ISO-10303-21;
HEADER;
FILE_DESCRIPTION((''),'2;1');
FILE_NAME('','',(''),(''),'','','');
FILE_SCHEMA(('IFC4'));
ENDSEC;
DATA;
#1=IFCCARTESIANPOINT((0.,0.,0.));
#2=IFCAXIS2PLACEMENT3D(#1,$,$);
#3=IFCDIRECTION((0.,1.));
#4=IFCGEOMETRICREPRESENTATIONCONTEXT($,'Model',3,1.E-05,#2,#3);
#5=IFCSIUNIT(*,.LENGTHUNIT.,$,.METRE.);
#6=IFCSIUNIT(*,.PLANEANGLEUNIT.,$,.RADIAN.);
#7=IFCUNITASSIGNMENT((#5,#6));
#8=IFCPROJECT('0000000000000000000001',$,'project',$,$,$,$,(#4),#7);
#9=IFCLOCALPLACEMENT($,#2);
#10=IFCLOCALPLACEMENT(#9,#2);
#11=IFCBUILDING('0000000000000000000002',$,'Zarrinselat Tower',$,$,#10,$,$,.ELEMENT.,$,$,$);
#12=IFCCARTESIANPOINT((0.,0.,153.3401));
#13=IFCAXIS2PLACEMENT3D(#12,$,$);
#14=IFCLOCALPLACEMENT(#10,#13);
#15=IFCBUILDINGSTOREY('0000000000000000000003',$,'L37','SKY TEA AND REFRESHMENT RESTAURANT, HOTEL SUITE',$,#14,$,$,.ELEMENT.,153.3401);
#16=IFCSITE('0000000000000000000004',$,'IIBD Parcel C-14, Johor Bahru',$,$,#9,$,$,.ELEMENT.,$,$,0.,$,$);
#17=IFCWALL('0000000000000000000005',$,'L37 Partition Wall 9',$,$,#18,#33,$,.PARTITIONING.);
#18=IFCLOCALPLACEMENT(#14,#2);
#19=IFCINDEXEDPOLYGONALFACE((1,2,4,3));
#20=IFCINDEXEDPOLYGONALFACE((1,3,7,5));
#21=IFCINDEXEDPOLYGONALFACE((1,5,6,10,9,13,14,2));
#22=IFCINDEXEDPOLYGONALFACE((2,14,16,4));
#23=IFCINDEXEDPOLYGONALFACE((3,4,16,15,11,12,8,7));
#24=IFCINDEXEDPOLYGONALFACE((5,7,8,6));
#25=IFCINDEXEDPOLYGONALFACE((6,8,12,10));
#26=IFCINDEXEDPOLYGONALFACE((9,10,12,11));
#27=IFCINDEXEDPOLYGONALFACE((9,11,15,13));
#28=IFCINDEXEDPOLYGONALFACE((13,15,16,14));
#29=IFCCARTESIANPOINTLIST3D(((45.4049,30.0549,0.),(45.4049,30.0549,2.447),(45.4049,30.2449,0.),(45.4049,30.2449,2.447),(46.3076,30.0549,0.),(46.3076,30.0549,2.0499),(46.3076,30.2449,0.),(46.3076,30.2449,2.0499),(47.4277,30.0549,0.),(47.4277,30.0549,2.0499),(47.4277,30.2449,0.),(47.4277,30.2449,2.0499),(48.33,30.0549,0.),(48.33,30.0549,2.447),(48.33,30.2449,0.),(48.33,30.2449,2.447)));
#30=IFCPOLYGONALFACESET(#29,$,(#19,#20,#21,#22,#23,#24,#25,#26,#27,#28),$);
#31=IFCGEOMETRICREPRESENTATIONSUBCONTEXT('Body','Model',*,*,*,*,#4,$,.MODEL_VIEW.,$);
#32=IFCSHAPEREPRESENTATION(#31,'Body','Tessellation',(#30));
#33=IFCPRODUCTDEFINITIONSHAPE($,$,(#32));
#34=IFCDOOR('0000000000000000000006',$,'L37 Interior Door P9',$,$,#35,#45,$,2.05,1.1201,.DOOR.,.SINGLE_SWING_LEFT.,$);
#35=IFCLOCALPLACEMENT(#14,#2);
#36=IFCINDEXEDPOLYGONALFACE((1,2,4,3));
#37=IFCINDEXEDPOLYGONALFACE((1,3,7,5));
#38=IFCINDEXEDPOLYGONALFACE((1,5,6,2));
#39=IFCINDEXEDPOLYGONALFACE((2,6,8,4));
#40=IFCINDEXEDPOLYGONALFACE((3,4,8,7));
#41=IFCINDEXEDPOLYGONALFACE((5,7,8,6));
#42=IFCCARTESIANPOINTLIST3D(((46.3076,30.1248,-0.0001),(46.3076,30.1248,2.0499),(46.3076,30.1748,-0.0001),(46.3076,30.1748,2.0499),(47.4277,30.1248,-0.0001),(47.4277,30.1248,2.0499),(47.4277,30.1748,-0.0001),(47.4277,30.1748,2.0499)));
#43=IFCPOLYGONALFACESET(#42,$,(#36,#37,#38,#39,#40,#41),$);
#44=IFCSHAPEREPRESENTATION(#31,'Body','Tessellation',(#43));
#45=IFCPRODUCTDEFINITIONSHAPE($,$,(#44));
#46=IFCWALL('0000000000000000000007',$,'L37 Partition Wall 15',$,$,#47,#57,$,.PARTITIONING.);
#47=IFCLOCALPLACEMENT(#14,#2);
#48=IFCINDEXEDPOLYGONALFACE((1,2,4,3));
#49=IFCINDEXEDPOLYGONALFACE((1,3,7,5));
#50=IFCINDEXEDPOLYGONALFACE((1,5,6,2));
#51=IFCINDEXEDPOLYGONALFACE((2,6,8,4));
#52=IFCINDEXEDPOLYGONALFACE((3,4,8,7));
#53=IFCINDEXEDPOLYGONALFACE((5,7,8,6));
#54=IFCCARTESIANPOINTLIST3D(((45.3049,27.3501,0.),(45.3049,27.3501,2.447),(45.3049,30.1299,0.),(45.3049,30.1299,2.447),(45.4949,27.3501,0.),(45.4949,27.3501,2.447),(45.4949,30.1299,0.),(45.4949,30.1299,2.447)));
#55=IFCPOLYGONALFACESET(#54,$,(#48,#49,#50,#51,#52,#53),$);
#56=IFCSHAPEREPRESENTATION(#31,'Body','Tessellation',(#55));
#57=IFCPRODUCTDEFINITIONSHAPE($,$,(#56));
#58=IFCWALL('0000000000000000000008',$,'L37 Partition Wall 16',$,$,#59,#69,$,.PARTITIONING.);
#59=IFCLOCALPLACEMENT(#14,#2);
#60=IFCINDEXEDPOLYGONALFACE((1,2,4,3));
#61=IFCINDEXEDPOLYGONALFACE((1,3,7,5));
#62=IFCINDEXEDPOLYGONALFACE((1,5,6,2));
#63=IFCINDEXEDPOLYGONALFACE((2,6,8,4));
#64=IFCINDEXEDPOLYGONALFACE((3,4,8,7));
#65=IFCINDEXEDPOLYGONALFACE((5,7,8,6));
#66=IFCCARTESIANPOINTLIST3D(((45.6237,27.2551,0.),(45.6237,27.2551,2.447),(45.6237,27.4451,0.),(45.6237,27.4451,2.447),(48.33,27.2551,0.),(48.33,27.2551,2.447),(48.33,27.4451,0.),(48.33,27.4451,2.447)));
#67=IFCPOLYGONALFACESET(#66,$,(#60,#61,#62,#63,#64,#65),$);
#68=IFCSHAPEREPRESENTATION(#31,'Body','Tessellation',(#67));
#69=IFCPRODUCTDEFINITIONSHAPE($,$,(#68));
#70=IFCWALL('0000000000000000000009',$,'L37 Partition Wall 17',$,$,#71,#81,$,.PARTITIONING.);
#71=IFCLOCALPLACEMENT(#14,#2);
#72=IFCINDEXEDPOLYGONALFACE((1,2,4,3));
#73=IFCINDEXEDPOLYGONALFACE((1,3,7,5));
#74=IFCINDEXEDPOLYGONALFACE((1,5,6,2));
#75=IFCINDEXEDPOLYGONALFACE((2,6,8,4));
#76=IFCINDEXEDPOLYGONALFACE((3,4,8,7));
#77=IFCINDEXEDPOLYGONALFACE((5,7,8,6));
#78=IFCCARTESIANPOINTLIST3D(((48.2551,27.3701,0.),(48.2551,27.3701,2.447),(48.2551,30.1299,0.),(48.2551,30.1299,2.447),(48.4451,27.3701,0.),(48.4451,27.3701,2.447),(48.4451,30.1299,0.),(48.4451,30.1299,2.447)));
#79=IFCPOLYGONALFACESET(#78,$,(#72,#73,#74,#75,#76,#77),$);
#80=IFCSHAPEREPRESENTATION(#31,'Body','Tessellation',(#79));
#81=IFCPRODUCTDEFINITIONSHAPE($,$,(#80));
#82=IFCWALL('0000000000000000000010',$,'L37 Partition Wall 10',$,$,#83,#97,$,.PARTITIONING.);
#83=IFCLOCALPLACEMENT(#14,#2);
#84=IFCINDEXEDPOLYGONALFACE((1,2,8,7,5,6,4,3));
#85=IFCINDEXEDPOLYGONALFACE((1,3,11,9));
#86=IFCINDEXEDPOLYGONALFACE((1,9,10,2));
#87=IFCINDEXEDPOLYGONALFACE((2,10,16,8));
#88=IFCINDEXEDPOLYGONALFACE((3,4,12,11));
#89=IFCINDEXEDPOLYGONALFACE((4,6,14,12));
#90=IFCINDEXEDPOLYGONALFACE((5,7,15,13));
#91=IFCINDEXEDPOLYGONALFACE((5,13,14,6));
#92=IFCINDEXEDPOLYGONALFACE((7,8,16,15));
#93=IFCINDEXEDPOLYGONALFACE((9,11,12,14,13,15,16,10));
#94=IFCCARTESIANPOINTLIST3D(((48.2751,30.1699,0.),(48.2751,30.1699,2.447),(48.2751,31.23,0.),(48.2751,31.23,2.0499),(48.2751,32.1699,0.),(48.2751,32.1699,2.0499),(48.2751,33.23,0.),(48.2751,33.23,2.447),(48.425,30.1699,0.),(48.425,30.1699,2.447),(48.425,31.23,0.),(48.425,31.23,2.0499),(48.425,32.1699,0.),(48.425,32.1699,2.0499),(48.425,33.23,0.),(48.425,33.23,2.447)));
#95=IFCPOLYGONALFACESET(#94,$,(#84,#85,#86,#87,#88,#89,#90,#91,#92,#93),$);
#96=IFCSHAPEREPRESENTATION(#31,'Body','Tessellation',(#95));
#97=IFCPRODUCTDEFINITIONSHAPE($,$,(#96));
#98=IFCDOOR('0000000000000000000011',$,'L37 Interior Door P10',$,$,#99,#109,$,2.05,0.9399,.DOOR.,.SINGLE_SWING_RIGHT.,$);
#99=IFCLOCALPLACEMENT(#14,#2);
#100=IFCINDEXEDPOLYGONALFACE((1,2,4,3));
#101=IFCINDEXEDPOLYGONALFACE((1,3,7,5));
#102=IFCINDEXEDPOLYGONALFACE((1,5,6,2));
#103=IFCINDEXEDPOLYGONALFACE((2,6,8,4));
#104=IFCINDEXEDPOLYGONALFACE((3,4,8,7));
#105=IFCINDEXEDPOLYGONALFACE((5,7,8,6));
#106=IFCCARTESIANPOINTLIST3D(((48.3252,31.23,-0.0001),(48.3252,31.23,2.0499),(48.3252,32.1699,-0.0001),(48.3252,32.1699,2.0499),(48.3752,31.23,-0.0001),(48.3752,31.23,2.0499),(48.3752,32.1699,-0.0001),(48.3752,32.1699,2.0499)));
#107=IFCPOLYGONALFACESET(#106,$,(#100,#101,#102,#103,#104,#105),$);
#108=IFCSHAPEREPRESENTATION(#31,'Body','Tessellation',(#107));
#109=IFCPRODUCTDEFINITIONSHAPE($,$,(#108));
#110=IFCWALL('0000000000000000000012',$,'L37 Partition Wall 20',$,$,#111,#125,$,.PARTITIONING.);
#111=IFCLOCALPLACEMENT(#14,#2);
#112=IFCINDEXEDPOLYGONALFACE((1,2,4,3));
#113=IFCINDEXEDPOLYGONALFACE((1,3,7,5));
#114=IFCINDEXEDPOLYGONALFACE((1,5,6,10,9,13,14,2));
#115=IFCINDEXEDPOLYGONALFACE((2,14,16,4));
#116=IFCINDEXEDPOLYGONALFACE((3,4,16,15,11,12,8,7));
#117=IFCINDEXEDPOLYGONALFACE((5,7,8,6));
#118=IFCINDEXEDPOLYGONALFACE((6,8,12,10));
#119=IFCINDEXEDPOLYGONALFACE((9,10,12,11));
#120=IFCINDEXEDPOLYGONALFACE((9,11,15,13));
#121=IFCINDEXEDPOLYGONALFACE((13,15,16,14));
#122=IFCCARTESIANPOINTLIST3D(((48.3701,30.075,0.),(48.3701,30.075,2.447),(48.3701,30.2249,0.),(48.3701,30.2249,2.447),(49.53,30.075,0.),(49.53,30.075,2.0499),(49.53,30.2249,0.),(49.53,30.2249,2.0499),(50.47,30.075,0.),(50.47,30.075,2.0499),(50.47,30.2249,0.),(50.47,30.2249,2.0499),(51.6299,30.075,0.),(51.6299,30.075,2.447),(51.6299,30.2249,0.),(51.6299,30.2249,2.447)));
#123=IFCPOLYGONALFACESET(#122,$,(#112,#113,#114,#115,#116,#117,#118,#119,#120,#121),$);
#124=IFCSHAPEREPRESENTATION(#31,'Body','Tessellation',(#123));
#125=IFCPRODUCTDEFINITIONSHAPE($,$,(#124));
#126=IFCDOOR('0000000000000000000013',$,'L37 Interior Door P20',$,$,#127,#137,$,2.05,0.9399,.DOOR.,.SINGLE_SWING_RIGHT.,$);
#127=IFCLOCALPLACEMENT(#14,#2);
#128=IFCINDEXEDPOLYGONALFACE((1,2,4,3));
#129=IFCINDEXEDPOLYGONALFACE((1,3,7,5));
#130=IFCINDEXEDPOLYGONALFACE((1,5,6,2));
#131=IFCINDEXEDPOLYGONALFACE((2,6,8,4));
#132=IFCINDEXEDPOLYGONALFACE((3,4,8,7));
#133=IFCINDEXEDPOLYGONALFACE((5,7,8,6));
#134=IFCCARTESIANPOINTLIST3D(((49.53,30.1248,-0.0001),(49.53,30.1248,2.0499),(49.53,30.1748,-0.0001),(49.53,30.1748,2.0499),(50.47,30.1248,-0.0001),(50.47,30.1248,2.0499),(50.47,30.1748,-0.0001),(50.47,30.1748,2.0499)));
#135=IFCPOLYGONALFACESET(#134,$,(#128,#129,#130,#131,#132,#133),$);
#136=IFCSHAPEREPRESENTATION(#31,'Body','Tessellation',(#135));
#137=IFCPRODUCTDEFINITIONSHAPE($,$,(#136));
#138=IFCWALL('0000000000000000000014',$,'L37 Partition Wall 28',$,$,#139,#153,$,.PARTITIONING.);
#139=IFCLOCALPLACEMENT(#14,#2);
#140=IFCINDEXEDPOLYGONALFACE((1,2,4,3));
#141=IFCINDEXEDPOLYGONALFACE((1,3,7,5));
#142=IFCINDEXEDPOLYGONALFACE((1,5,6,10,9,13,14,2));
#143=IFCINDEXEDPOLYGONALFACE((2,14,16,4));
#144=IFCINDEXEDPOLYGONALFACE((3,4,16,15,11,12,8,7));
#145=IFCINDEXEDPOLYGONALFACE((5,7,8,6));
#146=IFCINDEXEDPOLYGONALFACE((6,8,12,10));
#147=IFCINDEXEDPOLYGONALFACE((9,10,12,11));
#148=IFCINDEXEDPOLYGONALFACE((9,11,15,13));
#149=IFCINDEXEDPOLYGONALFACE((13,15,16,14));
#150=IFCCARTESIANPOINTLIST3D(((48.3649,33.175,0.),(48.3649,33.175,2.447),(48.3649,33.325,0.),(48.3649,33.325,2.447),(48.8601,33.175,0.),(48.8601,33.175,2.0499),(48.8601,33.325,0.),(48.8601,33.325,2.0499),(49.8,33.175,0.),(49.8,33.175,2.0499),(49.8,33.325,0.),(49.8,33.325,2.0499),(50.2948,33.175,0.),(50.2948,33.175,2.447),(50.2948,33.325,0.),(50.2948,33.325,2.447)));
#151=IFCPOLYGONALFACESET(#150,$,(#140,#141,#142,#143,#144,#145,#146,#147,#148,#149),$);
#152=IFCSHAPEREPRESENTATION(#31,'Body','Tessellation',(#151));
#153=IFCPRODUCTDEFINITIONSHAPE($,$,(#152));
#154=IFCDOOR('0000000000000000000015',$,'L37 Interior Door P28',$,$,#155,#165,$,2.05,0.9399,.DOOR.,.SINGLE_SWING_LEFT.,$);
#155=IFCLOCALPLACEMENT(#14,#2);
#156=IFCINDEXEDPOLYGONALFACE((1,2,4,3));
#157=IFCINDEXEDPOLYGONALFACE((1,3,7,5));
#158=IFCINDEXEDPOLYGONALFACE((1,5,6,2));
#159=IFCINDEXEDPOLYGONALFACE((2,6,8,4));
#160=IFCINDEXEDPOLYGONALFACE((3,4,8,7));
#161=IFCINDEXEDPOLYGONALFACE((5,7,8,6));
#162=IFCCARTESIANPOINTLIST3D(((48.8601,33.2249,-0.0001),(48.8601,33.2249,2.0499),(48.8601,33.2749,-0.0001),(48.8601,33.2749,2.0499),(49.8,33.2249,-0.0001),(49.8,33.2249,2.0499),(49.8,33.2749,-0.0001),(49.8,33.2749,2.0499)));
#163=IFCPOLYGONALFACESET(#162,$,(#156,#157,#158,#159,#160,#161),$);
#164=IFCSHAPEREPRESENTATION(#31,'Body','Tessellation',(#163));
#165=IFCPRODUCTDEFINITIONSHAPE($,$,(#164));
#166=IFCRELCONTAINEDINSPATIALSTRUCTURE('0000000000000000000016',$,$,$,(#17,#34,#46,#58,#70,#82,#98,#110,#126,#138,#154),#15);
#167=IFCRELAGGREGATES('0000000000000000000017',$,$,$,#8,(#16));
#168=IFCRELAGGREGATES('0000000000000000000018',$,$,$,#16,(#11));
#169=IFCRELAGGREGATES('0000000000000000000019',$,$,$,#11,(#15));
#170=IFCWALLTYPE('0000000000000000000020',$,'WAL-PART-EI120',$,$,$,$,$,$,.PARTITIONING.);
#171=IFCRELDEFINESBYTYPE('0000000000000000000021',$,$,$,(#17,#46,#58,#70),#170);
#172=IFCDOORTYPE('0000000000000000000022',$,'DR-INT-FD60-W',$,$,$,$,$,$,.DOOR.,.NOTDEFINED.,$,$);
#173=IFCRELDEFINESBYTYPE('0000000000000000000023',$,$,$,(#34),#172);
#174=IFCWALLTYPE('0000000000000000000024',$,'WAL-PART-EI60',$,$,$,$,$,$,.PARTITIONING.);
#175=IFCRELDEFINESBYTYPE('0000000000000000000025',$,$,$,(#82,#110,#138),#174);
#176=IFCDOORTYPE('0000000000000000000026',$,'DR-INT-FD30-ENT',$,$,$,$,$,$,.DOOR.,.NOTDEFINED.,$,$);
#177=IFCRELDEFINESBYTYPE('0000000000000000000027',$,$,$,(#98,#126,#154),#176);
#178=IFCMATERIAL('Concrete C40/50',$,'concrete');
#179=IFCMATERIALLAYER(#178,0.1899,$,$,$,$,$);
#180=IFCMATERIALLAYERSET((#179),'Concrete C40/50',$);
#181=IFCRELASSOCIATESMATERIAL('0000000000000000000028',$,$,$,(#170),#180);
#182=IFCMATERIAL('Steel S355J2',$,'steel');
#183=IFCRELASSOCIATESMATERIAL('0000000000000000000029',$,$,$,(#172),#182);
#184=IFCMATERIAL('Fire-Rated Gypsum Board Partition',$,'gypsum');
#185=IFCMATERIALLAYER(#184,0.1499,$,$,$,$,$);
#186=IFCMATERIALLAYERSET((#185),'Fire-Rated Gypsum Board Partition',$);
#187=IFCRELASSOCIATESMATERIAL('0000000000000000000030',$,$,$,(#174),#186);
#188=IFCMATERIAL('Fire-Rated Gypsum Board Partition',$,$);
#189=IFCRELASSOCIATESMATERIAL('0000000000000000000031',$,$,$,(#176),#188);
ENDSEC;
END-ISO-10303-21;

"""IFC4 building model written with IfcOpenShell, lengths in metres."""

from ifc_helpers import new_model, si_unit, direction, frame, frame_2d, origin, place, context, subcontext, project, spatial, rectangle, extrude, material, layer, layer_set, type_object, element, fill, save


model = new_model("IFC4")

# Units and contexts
model_context = context("Model", 3, precision=1e-05, world=origin(), true_north=direction((0.0, 1.0)))
body_context = subcontext(model_context, "Body", "Model", "MODEL_VIEW")
ifc_project = project(units=[si_unit("LENGTHUNIT", "METRE"), si_unit("PLANEANGLEUNIT", "RADIAN")], contexts=[model_context])

# Site, building, storey
site_placement = place(None, origin())
site = spatial("IfcSite", under=ifc_project, at=site_placement, Name="IIBD Parcel C-14, Johor Bahru", CompositionType="ELEMENT", RefElevation=0.0)
building_placement = place(site_placement, origin())
building = spatial("IfcBuilding", under=site, at=building_placement, Name="Zarrinselat Tower", CompositionType="ELEMENT")
storey_placement = place(building_placement, frame((0.0, 0.0, 153.3401)))
storey = spatial("IfcBuildingStorey", under=building, at=storey_placement, Name="L37", Description="SKY TEA AND REFRESHMENT RESTAURANT, HOTEL SUITE", CompositionType="ELEMENT", Elevation=153.3401)

# Wall, opening, door
ifc_material_1 = material(Name="Concrete C40/50", Category="concrete")
ifc_layer_1 = layer(ifc_material_1, 0.1899)
ifc_layer_set_1 = layer_set([ifc_layer_1], Name="Concrete C40/50")
wall_type_1 = type_object("IfcWallType", Name="WAL-PART-EI120", PredefinedType="PARTITIONING", material=ifc_layer_set_1)
wall_1_placement = place(storey_placement, frame((45.405, 30.1499, 0.0), z_axis=(0.0, 0.0, 1.0), x_axis=(1.0, 0.0, 0.0)))
wall_1 = element("IfcWall", 1, at=wall_1_placement, inside=storey, type_object=wall_type_1, Name="L37 Partition Wall 9", PredefinedType="PARTITIONING", context=body_context, shape_type="SweptSolid", body=[
    extrude(rectangle(XDim=2.925, YDim=0.1899, at=frame_2d((1.4624, 0.0))), origin(), (0.0, 0.0, 1.0), 2.447),
])
opening_1_placement = place(wall_1_placement, frame((0.9026, 0.0, 0.0)))
opening_1 = element("IfcOpeningElement", 2, at=opening_1_placement, cuts=wall_1, PredefinedType="OPENING", context=body_context, shape_type="SweptSolid", body=[
    extrude(rectangle(XDim=1.1201, YDim=2.05, at=frame_2d((0.5601, 1.0249))), frame((0.0, 0.105, 0.0), z_axis=(0.0, -1.0, 0.0), x_axis=(1.0, 0.0, 0.0)), (0.0, 0.0, 1.0), 0.21),
])
ifc_material_2 = material(Name="Steel S355J2", Category="steel")
door_type_1 = type_object("IfcDoorType", Name="DR-INT-FD60-W", OperationType="NOTDEFINED", PredefinedType="DOOR", material=ifc_material_2)
door_1_placement = place(opening_1_placement, origin())
door_1 = element("IfcDoor", 3, at=door_1_placement, inside=storey, type_object=door_type_1, Name="L37 Interior Door P9", OperationType="SINGLE_SWING_LEFT", OverallHeight=2.05, OverallWidth=1.1201, PredefinedType="DOOR", context=body_context, shape_type="SweptSolid", body=[
    extrude(rectangle(XDim=1.1201, YDim=2.05, at=frame_2d((0.5601, 1.0249))), frame((0.0, 0.0249, 0.0), z_axis=(0.0, -1.0, 0.0), x_axis=(1.0, 0.0, 0.0)), (0.0, 0.0, 1.0), 0.05),
])
fill(opening_1, door_1)

# Walls
wall_2_placement = place(storey_placement, frame((45.3999, 27.3501, 0.0), z_axis=(0.0, 0.0, 1.0), x_axis=(0.0, 1.0, 0.0)))
element("IfcWall", 4, at=wall_2_placement, inside=storey, type_object=wall_type_1, Name="L37 Partition Wall 15", PredefinedType="PARTITIONING", context=body_context, shape_type="SweptSolid", body=[
    extrude(rectangle(XDim=2.7798, YDim=0.1899, at=frame_2d((1.3899, 0.0))), origin(), (0.0, 0.0, 1.0), 2.447),
])
wall_3_placement = place(storey_placement, frame((45.6238, 27.3501, 0.0), z_axis=(0.0, 0.0, 1.0), x_axis=(1.0, 0.0, 0.0)))
element("IfcWall", 5, at=wall_3_placement, inside=storey, type_object=wall_type_1, Name="L37 Partition Wall 16", PredefinedType="PARTITIONING", context=body_context, shape_type="SweptSolid", body=[
    extrude(rectangle(XDim=2.7063, YDim=0.1899, at=frame_2d((1.353, 0.0))), origin(), (0.0, 0.0, 1.0), 2.447),
])
wall_4_placement = place(storey_placement, frame((48.3501, 27.3701, 0.0), z_axis=(0.0, 0.0, 1.0), x_axis=(0.0, 1.0, 0.0)))
element("IfcWall", 6, at=wall_4_placement, inside=storey, type_object=wall_type_1, Name="L37 Partition Wall 17", PredefinedType="PARTITIONING", context=body_context, shape_type="SweptSolid", body=[
    extrude(rectangle(XDim=2.7598, YDim=0.1899, at=frame_2d((1.3799, 0.0))), origin(), (0.0, 0.0, 1.0), 2.447),
])

# Walls, openings, doors
ifc_material_3 = material(Name="Fire-Rated Gypsum Board Partition", Category="gypsum")
ifc_layer_2 = layer(ifc_material_3, 0.1499)
ifc_layer_set_2 = layer_set([ifc_layer_2], Name="Fire-Rated Gypsum Board Partition")
wall_type_2 = type_object("IfcWallType", Name="WAL-PART-EI60", PredefinedType="PARTITIONING", material=ifc_layer_set_2)
wall_5_placement = place(storey_placement, frame((48.3501, 30.1699, 0.0), z_axis=(0.0, 0.0, 1.0), x_axis=(0.0, 1.0, 0.0)))
wall_5 = element("IfcWall", 7, at=wall_5_placement, inside=storey, type_object=wall_type_2, Name="L37 Partition Wall 10", PredefinedType="PARTITIONING", context=body_context, shape_type="SweptSolid", body=[
    extrude(rectangle(XDim=3.0601, YDim=0.1499, at=frame_2d((1.53, 0.0))), origin(), (0.0, 0.0, 1.0), 2.447),
])
opening_2_placement = place(wall_5_placement, frame((1.0601, 0.0, 0.0)))
opening_2 = element("IfcOpeningElement", 8, at=opening_2_placement, cuts=wall_5, PredefinedType="OPENING", context=body_context, shape_type="SweptSolid", body=[
    extrude(rectangle(XDim=0.9399, YDim=2.05, at=frame_2d((0.47, 1.0249))), frame((0.0, 0.085, 0.0), z_axis=(0.0, -1.0, 0.0), x_axis=(1.0, 0.0, 0.0)), (0.0, 0.0, 1.0), 0.1699),
])
ifc_material_4 = material(Name="Fire-Rated Gypsum Board Partition")
door_type_2 = type_object("IfcDoorType", Name="DR-INT-FD30-ENT", OperationType="NOTDEFINED", PredefinedType="DOOR", material=ifc_material_4)
door_2_placement = place(opening_2_placement, origin())
door_2 = element("IfcDoor", 9, at=door_2_placement, inside=storey, type_object=door_type_2, Name="L37 Interior Door P10", OperationType="SINGLE_SWING_RIGHT", OverallHeight=2.05, OverallWidth=0.9399, PredefinedType="DOOR", context=body_context, shape_type="SweptSolid", body=[
    extrude(rectangle(XDim=0.9399, YDim=2.05, at=frame_2d((0.47, 1.0249))), frame((0.0, 0.0249, 0.0), z_axis=(0.0, -1.0, 0.0), x_axis=(1.0, 0.0, 0.0)), (0.0, 0.0, 1.0), 0.05),
])
fill(opening_2, door_2)
wall_6_placement = place(storey_placement, frame((48.3701, 30.1499, 0.0), z_axis=(0.0, 0.0, 1.0), x_axis=(1.0, 0.0, 0.0)))
wall_6 = element("IfcWall", 10, at=wall_6_placement, inside=storey, type_object=wall_type_2, Name="L37 Partition Wall 20", PredefinedType="PARTITIONING", context=body_context, shape_type="SweptSolid", body=[
    extrude(rectangle(XDim=3.2598, YDim=0.1499, at=frame_2d((1.6299, 0.0))), origin(), (0.0, 0.0, 1.0), 2.447),
])
opening_3_placement = place(wall_6_placement, frame((1.1599, 0.0, 0.0)))
opening_3 = element("IfcOpeningElement", 11, at=opening_3_placement, cuts=wall_6, PredefinedType="OPENING", context=body_context, shape_type="SweptSolid", body=[
    extrude(rectangle(XDim=0.9399, YDim=2.05, at=frame_2d((0.47, 1.0249))), frame((0.0, 0.085, 0.0), z_axis=(0.0, -1.0, 0.0), x_axis=(1.0, 0.0, 0.0)), (0.0, 0.0, 1.0), 0.1699),
])
door_3_placement = place(opening_3_placement, origin())
door_3 = element("IfcDoor", 12, at=door_3_placement, inside=storey, type_object=door_type_2, Name="L37 Interior Door P20", OperationType="SINGLE_SWING_RIGHT", OverallHeight=2.05, OverallWidth=0.9399, PredefinedType="DOOR", context=body_context, shape_type="SweptSolid", body=[
    extrude(rectangle(XDim=0.9399, YDim=2.05, at=frame_2d((0.47, 1.0249))), frame((0.0, 0.0249, 0.0), z_axis=(0.0, -1.0, 0.0), x_axis=(1.0, 0.0, 0.0)), (0.0, 0.0, 1.0), 0.05),
])
fill(opening_3, door_3)
wall_7_placement = place(storey_placement, frame((48.365, 33.25, 0.0), z_axis=(0.0, 0.0, 1.0), x_axis=(1.0, 0.0, 0.0)))
wall_7 = element("IfcWall", 13, at=wall_7_placement, inside=storey, type_object=wall_type_2, Name="L37 Partition Wall 28", PredefinedType="PARTITIONING", context=body_context, shape_type="SweptSolid", body=[
    extrude(rectangle(XDim=1.9299, YDim=0.1499, at=frame_2d((0.9648, 0.0))), origin(), (0.0, 0.0, 1.0), 2.447),
])
opening_4_placement = place(wall_7_placement, frame((0.4951, 0.0, 0.0)))
opening_4 = element("IfcOpeningElement", 14, at=opening_4_placement, cuts=wall_7, PredefinedType="OPENING", context=body_context, shape_type="SweptSolid", body=[
    extrude(rectangle(XDim=0.9399, YDim=2.05, at=frame_2d((0.47, 1.0249))), frame((0.0, 0.085, 0.0), z_axis=(0.0, -1.0, 0.0), x_axis=(1.0, 0.0, 0.0)), (0.0, 0.0, 1.0), 0.1699),
])
door_4_placement = place(opening_4_placement, origin())
door_4 = element("IfcDoor", 15, at=door_4_placement, inside=storey, type_object=door_type_2, Name="L37 Interior Door P28", OperationType="SINGLE_SWING_LEFT", OverallHeight=2.05, OverallWidth=0.9399, PredefinedType="DOOR", context=body_context, shape_type="SweptSolid", body=[
    extrude(rectangle(XDim=0.9399, YDim=2.05, at=frame_2d((0.47, 1.0249))), frame((0.0, 0.0249, 0.0), z_axis=(0.0, -1.0, 0.0), x_axis=(1.0, 0.0, 0.0)), (0.0, 0.0, 1.0), 0.05),
])
fill(opening_4, door_4)

save(model, "model.ifc")
